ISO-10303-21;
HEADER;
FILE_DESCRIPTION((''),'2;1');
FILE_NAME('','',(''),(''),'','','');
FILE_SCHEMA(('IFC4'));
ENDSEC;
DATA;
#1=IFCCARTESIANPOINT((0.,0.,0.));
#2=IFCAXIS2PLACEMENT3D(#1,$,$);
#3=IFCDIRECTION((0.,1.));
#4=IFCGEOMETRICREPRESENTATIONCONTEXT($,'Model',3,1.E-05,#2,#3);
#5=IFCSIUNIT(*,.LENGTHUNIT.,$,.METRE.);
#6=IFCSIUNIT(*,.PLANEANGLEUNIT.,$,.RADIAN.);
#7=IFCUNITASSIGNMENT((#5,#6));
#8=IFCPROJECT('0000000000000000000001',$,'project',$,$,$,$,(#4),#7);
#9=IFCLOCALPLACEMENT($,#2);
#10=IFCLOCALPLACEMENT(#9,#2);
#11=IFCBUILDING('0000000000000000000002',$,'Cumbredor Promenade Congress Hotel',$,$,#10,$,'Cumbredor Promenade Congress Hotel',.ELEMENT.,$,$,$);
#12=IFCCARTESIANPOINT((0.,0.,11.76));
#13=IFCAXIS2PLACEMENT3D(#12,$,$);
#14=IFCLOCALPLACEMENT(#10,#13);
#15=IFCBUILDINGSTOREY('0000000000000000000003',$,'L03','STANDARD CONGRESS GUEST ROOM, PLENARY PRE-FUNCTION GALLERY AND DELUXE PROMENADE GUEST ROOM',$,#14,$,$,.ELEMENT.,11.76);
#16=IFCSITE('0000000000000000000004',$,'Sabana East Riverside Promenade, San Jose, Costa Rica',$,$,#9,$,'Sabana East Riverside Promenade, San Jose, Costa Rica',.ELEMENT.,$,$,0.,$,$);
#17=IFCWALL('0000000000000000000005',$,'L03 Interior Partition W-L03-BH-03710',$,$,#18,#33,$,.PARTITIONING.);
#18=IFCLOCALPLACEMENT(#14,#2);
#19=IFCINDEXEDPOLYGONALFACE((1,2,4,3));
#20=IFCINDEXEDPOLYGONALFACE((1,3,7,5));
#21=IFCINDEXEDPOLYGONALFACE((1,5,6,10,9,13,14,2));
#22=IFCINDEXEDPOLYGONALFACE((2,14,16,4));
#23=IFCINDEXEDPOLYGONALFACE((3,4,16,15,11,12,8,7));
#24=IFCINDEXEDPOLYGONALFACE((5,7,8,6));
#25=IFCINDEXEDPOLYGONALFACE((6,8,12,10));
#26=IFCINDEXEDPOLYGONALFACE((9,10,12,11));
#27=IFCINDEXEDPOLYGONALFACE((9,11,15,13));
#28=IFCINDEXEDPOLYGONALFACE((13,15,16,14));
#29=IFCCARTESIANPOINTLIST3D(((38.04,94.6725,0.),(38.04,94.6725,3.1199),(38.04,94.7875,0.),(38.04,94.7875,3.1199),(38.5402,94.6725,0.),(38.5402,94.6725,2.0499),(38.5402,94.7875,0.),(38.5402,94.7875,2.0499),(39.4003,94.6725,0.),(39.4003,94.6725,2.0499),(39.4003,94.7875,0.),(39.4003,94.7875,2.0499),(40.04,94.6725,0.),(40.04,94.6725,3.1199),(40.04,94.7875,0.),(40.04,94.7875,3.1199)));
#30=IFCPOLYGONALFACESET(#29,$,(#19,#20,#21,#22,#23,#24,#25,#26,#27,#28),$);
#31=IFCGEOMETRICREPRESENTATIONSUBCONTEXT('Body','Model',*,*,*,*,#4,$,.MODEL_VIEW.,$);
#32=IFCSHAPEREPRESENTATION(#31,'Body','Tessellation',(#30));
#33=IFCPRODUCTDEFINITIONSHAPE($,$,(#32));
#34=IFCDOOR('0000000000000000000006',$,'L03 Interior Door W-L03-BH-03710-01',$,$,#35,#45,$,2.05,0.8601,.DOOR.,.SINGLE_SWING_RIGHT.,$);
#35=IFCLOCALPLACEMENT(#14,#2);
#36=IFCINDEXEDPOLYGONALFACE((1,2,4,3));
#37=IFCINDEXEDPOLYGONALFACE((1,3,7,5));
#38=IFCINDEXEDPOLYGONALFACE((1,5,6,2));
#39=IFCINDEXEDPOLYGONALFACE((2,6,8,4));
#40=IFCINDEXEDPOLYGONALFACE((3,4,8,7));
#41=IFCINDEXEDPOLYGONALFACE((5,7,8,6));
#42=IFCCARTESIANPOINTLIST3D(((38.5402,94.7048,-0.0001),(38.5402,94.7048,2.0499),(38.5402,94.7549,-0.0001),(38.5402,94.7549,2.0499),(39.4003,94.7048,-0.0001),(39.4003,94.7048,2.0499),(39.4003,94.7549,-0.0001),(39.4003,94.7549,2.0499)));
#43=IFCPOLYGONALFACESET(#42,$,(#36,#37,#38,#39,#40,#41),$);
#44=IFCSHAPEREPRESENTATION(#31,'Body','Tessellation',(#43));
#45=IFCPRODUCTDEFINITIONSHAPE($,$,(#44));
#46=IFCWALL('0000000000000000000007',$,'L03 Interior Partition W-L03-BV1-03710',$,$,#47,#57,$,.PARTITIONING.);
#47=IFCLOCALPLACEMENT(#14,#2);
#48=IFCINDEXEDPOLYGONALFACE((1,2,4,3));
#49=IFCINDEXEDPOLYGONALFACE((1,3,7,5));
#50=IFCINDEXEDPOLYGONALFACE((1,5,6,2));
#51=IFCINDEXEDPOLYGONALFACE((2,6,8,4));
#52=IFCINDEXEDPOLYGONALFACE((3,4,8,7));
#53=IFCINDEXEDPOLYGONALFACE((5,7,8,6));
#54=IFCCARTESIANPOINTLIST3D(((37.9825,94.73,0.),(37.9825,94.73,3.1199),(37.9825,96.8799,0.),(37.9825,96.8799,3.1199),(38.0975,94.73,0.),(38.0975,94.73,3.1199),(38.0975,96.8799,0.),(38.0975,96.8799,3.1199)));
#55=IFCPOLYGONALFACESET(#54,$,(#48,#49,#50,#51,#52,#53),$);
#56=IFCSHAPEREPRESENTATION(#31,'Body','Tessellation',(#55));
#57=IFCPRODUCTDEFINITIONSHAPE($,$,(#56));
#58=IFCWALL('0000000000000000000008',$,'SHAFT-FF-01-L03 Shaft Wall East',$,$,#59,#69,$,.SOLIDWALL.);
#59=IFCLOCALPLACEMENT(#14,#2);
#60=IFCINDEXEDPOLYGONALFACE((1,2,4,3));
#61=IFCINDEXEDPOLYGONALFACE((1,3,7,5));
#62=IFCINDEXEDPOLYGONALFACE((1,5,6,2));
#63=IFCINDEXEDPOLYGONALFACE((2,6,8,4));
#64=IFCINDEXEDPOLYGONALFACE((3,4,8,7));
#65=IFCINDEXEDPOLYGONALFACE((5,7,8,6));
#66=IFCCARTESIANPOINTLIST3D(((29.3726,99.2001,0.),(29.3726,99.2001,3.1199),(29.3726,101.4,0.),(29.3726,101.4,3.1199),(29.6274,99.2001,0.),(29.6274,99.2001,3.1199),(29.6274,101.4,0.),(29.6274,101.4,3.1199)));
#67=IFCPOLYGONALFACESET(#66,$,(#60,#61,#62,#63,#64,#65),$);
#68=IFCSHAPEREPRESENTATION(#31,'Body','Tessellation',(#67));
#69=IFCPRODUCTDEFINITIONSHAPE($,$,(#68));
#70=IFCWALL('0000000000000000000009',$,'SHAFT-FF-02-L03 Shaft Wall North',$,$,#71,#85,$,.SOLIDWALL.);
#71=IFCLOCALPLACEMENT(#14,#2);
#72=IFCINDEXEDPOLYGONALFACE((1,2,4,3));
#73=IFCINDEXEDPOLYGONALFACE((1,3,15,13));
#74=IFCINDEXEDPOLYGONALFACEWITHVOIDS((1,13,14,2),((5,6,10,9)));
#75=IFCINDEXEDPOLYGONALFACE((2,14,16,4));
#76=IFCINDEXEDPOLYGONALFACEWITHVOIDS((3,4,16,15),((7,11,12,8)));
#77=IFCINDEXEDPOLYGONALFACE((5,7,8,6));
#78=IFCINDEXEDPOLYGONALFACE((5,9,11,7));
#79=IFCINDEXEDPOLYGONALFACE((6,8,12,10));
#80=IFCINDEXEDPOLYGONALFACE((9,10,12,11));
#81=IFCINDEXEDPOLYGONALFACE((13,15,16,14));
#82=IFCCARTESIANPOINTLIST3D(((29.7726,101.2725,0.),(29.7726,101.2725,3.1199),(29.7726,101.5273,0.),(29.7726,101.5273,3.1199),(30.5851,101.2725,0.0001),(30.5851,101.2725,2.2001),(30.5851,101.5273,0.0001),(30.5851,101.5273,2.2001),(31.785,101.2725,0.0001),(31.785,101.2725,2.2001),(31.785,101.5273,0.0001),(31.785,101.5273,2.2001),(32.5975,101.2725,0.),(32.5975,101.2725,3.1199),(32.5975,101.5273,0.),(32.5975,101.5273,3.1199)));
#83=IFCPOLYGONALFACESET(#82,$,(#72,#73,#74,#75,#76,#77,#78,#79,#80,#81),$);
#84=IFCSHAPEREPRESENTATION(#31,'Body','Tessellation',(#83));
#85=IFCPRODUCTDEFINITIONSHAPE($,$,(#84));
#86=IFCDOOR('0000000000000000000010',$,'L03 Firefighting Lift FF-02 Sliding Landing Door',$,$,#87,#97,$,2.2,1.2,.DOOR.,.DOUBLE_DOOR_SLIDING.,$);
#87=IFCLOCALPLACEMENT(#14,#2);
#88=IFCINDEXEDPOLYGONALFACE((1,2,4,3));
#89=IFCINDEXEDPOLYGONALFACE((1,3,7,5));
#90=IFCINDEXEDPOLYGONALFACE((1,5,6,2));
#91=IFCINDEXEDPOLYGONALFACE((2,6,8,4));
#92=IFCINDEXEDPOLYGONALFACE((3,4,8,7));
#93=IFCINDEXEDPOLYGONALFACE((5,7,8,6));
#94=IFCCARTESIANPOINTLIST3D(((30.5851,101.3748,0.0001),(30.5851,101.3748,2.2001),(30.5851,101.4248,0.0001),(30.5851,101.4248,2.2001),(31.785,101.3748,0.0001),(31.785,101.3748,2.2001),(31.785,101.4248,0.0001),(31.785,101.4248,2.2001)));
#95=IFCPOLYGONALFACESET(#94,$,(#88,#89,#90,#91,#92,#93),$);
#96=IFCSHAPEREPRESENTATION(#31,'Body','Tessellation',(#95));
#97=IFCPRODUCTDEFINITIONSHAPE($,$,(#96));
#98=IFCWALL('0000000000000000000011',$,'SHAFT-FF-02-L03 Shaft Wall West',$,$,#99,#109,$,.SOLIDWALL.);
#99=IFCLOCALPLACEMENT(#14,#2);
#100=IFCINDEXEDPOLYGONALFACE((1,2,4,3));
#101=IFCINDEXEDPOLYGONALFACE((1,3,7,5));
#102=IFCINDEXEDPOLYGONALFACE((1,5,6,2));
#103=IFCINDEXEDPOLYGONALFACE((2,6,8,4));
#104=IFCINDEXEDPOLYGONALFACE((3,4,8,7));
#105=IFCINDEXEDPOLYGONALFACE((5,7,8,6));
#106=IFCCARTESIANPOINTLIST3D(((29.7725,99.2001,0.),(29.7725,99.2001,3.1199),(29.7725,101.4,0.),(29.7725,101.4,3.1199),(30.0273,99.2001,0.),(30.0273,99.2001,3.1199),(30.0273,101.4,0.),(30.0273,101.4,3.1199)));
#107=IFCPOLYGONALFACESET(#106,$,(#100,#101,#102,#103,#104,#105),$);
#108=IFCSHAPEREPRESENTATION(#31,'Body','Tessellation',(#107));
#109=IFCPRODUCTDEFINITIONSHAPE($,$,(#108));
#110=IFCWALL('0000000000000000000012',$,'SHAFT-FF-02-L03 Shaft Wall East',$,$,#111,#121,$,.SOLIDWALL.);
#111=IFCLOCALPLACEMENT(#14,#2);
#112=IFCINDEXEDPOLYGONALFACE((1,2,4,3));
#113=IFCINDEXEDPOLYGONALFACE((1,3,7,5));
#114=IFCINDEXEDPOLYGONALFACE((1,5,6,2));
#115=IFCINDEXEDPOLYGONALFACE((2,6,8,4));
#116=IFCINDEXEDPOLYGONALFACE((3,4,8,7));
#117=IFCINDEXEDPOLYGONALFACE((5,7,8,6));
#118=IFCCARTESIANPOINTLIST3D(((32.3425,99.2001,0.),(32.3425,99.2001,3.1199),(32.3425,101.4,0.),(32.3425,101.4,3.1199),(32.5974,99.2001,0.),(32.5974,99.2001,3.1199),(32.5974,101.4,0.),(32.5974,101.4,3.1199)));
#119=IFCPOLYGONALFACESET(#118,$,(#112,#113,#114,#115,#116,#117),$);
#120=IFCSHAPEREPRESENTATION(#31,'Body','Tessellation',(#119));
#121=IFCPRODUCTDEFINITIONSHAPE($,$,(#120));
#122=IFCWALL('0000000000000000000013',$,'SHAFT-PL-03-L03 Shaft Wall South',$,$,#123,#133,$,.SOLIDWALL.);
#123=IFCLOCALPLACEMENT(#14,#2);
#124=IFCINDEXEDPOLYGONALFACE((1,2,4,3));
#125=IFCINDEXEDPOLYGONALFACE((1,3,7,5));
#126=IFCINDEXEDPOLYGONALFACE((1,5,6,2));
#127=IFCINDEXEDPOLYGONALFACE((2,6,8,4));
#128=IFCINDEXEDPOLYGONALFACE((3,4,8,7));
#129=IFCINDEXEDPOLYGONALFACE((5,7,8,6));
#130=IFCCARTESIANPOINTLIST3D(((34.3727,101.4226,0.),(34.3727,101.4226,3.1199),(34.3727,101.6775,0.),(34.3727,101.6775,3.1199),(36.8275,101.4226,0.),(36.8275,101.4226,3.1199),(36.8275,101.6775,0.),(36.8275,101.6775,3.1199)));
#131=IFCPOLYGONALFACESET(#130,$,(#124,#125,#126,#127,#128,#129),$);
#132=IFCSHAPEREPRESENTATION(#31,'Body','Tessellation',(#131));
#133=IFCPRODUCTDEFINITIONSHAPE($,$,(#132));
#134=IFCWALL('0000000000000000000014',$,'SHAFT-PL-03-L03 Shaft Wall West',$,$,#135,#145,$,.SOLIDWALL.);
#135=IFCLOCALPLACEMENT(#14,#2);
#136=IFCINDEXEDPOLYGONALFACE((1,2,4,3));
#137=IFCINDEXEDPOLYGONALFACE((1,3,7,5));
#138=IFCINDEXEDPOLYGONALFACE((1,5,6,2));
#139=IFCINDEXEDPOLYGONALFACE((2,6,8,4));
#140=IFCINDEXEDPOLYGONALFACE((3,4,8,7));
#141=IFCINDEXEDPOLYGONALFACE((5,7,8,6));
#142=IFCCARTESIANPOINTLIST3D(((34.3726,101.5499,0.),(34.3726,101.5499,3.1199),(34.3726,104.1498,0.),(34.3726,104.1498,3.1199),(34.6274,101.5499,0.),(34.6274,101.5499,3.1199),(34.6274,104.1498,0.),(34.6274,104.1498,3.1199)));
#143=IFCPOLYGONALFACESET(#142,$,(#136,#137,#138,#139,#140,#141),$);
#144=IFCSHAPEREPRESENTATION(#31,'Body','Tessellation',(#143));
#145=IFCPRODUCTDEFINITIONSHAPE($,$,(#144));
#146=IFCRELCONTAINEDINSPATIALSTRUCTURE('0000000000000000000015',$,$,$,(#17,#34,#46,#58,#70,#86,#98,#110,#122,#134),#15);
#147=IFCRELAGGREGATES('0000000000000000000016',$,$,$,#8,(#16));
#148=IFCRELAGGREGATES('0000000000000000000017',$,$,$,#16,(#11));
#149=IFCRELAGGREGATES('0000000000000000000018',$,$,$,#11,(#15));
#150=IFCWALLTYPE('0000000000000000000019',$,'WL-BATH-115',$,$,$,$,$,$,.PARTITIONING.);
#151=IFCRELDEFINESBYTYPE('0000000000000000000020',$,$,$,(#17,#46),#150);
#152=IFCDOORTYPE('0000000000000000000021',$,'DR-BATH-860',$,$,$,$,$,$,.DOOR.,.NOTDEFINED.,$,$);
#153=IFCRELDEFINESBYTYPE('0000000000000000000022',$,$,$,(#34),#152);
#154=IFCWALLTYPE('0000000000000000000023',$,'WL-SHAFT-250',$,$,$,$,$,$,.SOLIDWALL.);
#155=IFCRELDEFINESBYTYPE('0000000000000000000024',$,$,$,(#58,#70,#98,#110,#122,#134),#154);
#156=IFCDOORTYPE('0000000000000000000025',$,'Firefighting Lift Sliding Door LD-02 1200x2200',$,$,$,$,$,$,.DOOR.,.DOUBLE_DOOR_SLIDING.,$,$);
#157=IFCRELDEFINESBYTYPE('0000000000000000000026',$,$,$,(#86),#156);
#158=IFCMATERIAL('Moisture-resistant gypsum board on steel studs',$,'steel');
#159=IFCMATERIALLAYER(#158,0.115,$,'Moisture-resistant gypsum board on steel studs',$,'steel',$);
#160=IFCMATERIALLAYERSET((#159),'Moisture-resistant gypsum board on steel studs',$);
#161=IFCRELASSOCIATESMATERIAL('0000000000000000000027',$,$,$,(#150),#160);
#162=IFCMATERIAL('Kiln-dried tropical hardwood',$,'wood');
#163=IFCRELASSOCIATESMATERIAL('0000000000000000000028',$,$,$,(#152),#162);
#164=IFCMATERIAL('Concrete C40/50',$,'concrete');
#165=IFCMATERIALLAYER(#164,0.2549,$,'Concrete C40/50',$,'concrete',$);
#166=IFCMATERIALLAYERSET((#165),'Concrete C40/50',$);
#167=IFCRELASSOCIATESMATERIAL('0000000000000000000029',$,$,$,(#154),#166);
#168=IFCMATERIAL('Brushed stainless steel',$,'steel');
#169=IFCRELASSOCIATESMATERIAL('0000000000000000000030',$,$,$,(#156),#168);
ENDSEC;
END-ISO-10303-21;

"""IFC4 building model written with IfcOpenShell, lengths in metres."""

from ifc_helpers import new_model, si_unit, direction, frame, frame_2d, origin, place, context, subcontext, project, spatial, rectangle, extrude, material, layer, layer_set, type_object, element, fill, save


model = new_model("IFC4")

# Units and contexts
model_context = context("Model", 3, precision=1e-05, world=origin(), true_north=direction((0.0, 1.0)))
body_context = subcontext(model_context, "Body", "Model", "MODEL_VIEW")
ifc_project = project(units=[si_unit("LENGTHUNIT", "METRE"), si_unit("PLANEANGLEUNIT", "RADIAN")], contexts=[model_context])

# Site, building, storey
site_placement = place(None, origin())
site = spatial("IfcSite", under=ifc_project, at=site_placement, Name="Sabana East Riverside Promenade, San Jose, Costa Rica", LongName="Sabana East Riverside Promenade, San Jose, Costa Rica", CompositionType="ELEMENT", RefElevation=0.0)
building_placement = place(site_placement, origin())
building = spatial("IfcBuilding", under=site, at=building_placement, Name="Cumbredor Promenade Congress Hotel", LongName="Cumbredor Promenade Congress Hotel", CompositionType="ELEMENT")
storey_placement = place(building_placement, frame((0.0, 0.0, 11.76)))
storey = spatial("IfcBuildingStorey", under=building, at=storey_placement, Name="L03", Description="STANDARD CONGRESS GUEST ROOM, PLENARY PRE-FUNCTION GALLERY AND DELUXE PROMENADE GUEST ROOM", CompositionType="ELEMENT", Elevation=11.76)

# Shared definitions
ifc_material_1 = material(Name="Concrete C40/50", Category="concrete")

# Shared definitions
ifc_material_2 = material(Name="Moisture-resistant gypsum board on steel studs", Category="steel")
ifc_layer_1 = layer(ifc_material_2, 0.115, Name="Moisture-resistant gypsum board on steel studs", Category="steel")
ifc_layer_set_1 = layer_set([ifc_layer_1], Name="Moisture-resistant gypsum board on steel studs")
wall_type_1 = type_object("IfcWallType", Name="WL-BATH-115", PredefinedType="PARTITIONING", material=ifc_layer_set_1)
ifc_material_3 = material(Name="Kiln-dried tropical hardwood", Category="wood")
door_type_1 = type_object("IfcDoorType", Name="DR-BATH-860", OperationType="NOTDEFINED", PredefinedType="DOOR", material=ifc_material_3)

# Wall, opening, door
wall_1_placement = place(storey_placement, frame((38.04, 94.73, 0.0), z_axis=(0.0, 0.0, 1.0), x_axis=(1.0, 0.0, 0.0)))
wall_1 = element("IfcWall", 1, at=wall_1_placement, inside=storey, type_object=wall_type_1, Name="L03 Interior Partition W-L03-BH-03710", PredefinedType="PARTITIONING", context=body_context, shape_type="SweptSolid", body=[
    extrude(rectangle(XDim=2.0, YDim=0.115, at=frame_2d((1.0, 0.0))), origin(), (0.0, 0.0, 1.0), 3.1199),
])
opening_1_placement = place(wall_1_placement, frame((0.5, 0.0, 0.0)))
opening_1 = element("IfcOpeningElement", 2, at=opening_1_placement, cuts=wall_1, PredefinedType="OPENING", context=body_context, shape_type="SweptSolid", body=[
    extrude(rectangle(XDim=0.8601, YDim=2.05, at=frame_2d((0.4302, 1.0249))), frame((0.0, 0.0674, 0.0), z_axis=(0.0, -1.0, 0.0), x_axis=(1.0, 0.0, 0.0)), (0.0, 0.0, 1.0), 0.135),
])
door_1_placement = place(opening_1_placement, origin())
door_1 = element("IfcDoor", 3, at=door_1_placement, inside=storey, type_object=door_type_1, Name="L03 Interior Door W-L03-BH-03710-01", OperationType="SINGLE_SWING_RIGHT", OverallHeight=2.05, OverallWidth=0.8601, PredefinedType="DOOR", context=body_context, shape_type="SweptSolid", body=[
    extrude(rectangle(XDim=0.8601, YDim=2.05, at=frame_2d((0.4302, 1.0249))), frame((0.0, 0.0249, 0.0), z_axis=(0.0, -1.0, 0.0), x_axis=(1.0, 0.0, 0.0)), (0.0, 0.0, 1.0), 0.05),
])
fill(opening_1, door_1)

# Walls
wall_2_placement = place(storey_placement, frame((38.04, 94.73, 0.0), z_axis=(0.0, 0.0, 1.0), x_axis=(0.0, 1.0, 0.0)))
element("IfcWall", 4, at=wall_2_placement, inside=storey, type_object=wall_type_1, Name="L03 Interior Partition W-L03-BV1-03710", PredefinedType="PARTITIONING", context=body_context, shape_type="SweptSolid", body=[
    extrude(rectangle(XDim=2.1499, YDim=0.115, at=frame_2d((1.075, 0.0))), origin(), (0.0, 0.0, 1.0), 3.1199),
])
ifc_layer_2 = layer(ifc_material_1, 0.2549, Name="Concrete C40/50", Category="concrete")
ifc_layer_set_2 = layer_set([ifc_layer_2], Name="Concrete C40/50")
wall_type_2 = type_object("IfcWallType", Name="WL-SHAFT-250", PredefinedType="SOLIDWALL", material=ifc_layer_set_2)
wall_3_placement = place(storey_placement, frame((29.5, 99.2, 0.0), z_axis=(0.0, 0.0, 1.0), x_axis=(0.0, 1.0, 0.0)))
element("IfcWall", 5, at=wall_3_placement, inside=storey, type_object=wall_type_2, Name="SHAFT-FF-01-L03 Shaft Wall East", PredefinedType="SOLIDWALL", context=body_context, shape_type="SweptSolid", body=[
    extrude(rectangle(XDim=2.2, YDim=0.2549, at=frame_2d((1.1001, 0.0))), origin(), (0.0, 0.0, 1.0), 3.1199),
])

# Wall, opening, door
wall_4_placement = place(storey_placement, frame((29.7725, 101.3999, 0.0), z_axis=(0.0, 0.0, 1.0), x_axis=(1.0, 0.0, 0.0)))
wall_4 = element("IfcWall", 6, at=wall_4_placement, inside=storey, type_object=wall_type_2, Name="SHAFT-FF-02-L03 Shaft Wall North", PredefinedType="SOLIDWALL", context=body_context, shape_type="SweptSolid", body=[
    extrude(rectangle(XDim=2.825, YDim=0.2549, at=frame_2d((1.4126, 0.0))), origin(), (0.0, 0.0, 1.0), 3.1199),
])
opening_2_placement = place(wall_4_placement, frame((0.8125, 0.0, 0.0)))
opening_2 = element("IfcOpeningElement", 7, at=opening_2_placement, cuts=wall_4, PredefinedType="OPENING", context=body_context, shape_type="SweptSolid", body=[
    extrude(rectangle(XDim=1.2, YDim=2.2, at=frame_2d((0.6001, 1.1001))), frame((0.0, 0.1375, 0.0), z_axis=(0.0, -1.0, 0.0), x_axis=(1.0, 0.0, 0.0)), (0.0, 0.0, 1.0), 0.2749),
])
ifc_material_4 = material(Name="Brushed stainless steel", Category="steel")
door_type_2 = type_object("IfcDoorType", Name="Firefighting Lift Sliding Door LD-02 1200x2200", OperationType="DOUBLE_DOOR_SLIDING", PredefinedType="DOOR", material=ifc_material_4)
door_2_placement = place(opening_2_placement, origin())
door_2 = element("IfcDoor", 8, at=door_2_placement, inside=storey, type_object=door_type_2, Name="L03 Firefighting Lift FF-02 Sliding Landing Door", OperationType="DOUBLE_DOOR_SLIDING", OverallHeight=2.2, OverallWidth=1.2, PredefinedType="DOOR", context=body_context, shape_type="SweptSolid", body=[
    extrude(rectangle(XDim=1.2, YDim=2.2, at=frame_2d((0.6001, 1.1001))), frame((0.0, 0.0249, 0.0), z_axis=(0.0, -1.0, 0.0), x_axis=(1.0, 0.0, 0.0)), (0.0, 0.0, 1.0), 0.05),
])
fill(opening_2, door_2)

# Walls
for number, where, z_axis, x_axis, name in (
    (9, (29.8999, 99.2, 0.0), (0.0, 0.0, 1.0), (0.0, 1.0, 0.0), "SHAFT-FF-02-L03 Shaft Wall West"),
    (10, (32.47, 99.2, 0.0), (0.0, 0.0, 1.0), (0.0, 1.0, 0.0), "SHAFT-FF-02-L03 Shaft Wall East"),
):
    element("IfcWall", number, at=place(storey_placement, frame(where, z_axis=z_axis, x_axis=x_axis)), inside=storey, type_object=wall_type_2, Name=name, PredefinedType="SOLIDWALL", context=body_context, shape_type="SweptSolid", body=[
        extrude(rectangle(XDim=2.2, YDim=0.2549, at=frame_2d((1.1001, 0.0))), origin(), (0.0, 0.0, 1.0), 3.1199),
    ])
wall_5_placement = place(storey_placement, frame((34.3726, 101.55, 0.0), z_axis=(0.0, 0.0, 1.0), x_axis=(1.0, 0.0, 0.0)))
element("IfcWall", 11, at=wall_5_placement, inside=storey, type_object=wall_type_2, Name="SHAFT-PL-03-L03 Shaft Wall South", PredefinedType="SOLIDWALL", context=body_context, shape_type="SweptSolid", body=[
    extrude(rectangle(XDim=2.4548, YDim=0.2549, at=frame_2d((1.2275, 0.0))), origin(), (0.0, 0.0, 1.0), 3.1199),
])
wall_6_placement = place(storey_placement, frame((34.5, 101.55, 0.0), z_axis=(0.0, 0.0, 1.0), x_axis=(0.0, 1.0, 0.0)))
element("IfcWall", 12, at=wall_6_placement, inside=storey, type_object=wall_type_2, Name="SHAFT-PL-03-L03 Shaft Wall West", PredefinedType="SOLIDWALL", context=body_context, shape_type="SweptSolid", body=[
    extrude(rectangle(XDim=2.5999, YDim=0.2549, at=frame_2d((1.2998, 0.0))), origin(), (0.0, 0.0, 1.0), 3.1199),
])

save(model, "model.ifc")
